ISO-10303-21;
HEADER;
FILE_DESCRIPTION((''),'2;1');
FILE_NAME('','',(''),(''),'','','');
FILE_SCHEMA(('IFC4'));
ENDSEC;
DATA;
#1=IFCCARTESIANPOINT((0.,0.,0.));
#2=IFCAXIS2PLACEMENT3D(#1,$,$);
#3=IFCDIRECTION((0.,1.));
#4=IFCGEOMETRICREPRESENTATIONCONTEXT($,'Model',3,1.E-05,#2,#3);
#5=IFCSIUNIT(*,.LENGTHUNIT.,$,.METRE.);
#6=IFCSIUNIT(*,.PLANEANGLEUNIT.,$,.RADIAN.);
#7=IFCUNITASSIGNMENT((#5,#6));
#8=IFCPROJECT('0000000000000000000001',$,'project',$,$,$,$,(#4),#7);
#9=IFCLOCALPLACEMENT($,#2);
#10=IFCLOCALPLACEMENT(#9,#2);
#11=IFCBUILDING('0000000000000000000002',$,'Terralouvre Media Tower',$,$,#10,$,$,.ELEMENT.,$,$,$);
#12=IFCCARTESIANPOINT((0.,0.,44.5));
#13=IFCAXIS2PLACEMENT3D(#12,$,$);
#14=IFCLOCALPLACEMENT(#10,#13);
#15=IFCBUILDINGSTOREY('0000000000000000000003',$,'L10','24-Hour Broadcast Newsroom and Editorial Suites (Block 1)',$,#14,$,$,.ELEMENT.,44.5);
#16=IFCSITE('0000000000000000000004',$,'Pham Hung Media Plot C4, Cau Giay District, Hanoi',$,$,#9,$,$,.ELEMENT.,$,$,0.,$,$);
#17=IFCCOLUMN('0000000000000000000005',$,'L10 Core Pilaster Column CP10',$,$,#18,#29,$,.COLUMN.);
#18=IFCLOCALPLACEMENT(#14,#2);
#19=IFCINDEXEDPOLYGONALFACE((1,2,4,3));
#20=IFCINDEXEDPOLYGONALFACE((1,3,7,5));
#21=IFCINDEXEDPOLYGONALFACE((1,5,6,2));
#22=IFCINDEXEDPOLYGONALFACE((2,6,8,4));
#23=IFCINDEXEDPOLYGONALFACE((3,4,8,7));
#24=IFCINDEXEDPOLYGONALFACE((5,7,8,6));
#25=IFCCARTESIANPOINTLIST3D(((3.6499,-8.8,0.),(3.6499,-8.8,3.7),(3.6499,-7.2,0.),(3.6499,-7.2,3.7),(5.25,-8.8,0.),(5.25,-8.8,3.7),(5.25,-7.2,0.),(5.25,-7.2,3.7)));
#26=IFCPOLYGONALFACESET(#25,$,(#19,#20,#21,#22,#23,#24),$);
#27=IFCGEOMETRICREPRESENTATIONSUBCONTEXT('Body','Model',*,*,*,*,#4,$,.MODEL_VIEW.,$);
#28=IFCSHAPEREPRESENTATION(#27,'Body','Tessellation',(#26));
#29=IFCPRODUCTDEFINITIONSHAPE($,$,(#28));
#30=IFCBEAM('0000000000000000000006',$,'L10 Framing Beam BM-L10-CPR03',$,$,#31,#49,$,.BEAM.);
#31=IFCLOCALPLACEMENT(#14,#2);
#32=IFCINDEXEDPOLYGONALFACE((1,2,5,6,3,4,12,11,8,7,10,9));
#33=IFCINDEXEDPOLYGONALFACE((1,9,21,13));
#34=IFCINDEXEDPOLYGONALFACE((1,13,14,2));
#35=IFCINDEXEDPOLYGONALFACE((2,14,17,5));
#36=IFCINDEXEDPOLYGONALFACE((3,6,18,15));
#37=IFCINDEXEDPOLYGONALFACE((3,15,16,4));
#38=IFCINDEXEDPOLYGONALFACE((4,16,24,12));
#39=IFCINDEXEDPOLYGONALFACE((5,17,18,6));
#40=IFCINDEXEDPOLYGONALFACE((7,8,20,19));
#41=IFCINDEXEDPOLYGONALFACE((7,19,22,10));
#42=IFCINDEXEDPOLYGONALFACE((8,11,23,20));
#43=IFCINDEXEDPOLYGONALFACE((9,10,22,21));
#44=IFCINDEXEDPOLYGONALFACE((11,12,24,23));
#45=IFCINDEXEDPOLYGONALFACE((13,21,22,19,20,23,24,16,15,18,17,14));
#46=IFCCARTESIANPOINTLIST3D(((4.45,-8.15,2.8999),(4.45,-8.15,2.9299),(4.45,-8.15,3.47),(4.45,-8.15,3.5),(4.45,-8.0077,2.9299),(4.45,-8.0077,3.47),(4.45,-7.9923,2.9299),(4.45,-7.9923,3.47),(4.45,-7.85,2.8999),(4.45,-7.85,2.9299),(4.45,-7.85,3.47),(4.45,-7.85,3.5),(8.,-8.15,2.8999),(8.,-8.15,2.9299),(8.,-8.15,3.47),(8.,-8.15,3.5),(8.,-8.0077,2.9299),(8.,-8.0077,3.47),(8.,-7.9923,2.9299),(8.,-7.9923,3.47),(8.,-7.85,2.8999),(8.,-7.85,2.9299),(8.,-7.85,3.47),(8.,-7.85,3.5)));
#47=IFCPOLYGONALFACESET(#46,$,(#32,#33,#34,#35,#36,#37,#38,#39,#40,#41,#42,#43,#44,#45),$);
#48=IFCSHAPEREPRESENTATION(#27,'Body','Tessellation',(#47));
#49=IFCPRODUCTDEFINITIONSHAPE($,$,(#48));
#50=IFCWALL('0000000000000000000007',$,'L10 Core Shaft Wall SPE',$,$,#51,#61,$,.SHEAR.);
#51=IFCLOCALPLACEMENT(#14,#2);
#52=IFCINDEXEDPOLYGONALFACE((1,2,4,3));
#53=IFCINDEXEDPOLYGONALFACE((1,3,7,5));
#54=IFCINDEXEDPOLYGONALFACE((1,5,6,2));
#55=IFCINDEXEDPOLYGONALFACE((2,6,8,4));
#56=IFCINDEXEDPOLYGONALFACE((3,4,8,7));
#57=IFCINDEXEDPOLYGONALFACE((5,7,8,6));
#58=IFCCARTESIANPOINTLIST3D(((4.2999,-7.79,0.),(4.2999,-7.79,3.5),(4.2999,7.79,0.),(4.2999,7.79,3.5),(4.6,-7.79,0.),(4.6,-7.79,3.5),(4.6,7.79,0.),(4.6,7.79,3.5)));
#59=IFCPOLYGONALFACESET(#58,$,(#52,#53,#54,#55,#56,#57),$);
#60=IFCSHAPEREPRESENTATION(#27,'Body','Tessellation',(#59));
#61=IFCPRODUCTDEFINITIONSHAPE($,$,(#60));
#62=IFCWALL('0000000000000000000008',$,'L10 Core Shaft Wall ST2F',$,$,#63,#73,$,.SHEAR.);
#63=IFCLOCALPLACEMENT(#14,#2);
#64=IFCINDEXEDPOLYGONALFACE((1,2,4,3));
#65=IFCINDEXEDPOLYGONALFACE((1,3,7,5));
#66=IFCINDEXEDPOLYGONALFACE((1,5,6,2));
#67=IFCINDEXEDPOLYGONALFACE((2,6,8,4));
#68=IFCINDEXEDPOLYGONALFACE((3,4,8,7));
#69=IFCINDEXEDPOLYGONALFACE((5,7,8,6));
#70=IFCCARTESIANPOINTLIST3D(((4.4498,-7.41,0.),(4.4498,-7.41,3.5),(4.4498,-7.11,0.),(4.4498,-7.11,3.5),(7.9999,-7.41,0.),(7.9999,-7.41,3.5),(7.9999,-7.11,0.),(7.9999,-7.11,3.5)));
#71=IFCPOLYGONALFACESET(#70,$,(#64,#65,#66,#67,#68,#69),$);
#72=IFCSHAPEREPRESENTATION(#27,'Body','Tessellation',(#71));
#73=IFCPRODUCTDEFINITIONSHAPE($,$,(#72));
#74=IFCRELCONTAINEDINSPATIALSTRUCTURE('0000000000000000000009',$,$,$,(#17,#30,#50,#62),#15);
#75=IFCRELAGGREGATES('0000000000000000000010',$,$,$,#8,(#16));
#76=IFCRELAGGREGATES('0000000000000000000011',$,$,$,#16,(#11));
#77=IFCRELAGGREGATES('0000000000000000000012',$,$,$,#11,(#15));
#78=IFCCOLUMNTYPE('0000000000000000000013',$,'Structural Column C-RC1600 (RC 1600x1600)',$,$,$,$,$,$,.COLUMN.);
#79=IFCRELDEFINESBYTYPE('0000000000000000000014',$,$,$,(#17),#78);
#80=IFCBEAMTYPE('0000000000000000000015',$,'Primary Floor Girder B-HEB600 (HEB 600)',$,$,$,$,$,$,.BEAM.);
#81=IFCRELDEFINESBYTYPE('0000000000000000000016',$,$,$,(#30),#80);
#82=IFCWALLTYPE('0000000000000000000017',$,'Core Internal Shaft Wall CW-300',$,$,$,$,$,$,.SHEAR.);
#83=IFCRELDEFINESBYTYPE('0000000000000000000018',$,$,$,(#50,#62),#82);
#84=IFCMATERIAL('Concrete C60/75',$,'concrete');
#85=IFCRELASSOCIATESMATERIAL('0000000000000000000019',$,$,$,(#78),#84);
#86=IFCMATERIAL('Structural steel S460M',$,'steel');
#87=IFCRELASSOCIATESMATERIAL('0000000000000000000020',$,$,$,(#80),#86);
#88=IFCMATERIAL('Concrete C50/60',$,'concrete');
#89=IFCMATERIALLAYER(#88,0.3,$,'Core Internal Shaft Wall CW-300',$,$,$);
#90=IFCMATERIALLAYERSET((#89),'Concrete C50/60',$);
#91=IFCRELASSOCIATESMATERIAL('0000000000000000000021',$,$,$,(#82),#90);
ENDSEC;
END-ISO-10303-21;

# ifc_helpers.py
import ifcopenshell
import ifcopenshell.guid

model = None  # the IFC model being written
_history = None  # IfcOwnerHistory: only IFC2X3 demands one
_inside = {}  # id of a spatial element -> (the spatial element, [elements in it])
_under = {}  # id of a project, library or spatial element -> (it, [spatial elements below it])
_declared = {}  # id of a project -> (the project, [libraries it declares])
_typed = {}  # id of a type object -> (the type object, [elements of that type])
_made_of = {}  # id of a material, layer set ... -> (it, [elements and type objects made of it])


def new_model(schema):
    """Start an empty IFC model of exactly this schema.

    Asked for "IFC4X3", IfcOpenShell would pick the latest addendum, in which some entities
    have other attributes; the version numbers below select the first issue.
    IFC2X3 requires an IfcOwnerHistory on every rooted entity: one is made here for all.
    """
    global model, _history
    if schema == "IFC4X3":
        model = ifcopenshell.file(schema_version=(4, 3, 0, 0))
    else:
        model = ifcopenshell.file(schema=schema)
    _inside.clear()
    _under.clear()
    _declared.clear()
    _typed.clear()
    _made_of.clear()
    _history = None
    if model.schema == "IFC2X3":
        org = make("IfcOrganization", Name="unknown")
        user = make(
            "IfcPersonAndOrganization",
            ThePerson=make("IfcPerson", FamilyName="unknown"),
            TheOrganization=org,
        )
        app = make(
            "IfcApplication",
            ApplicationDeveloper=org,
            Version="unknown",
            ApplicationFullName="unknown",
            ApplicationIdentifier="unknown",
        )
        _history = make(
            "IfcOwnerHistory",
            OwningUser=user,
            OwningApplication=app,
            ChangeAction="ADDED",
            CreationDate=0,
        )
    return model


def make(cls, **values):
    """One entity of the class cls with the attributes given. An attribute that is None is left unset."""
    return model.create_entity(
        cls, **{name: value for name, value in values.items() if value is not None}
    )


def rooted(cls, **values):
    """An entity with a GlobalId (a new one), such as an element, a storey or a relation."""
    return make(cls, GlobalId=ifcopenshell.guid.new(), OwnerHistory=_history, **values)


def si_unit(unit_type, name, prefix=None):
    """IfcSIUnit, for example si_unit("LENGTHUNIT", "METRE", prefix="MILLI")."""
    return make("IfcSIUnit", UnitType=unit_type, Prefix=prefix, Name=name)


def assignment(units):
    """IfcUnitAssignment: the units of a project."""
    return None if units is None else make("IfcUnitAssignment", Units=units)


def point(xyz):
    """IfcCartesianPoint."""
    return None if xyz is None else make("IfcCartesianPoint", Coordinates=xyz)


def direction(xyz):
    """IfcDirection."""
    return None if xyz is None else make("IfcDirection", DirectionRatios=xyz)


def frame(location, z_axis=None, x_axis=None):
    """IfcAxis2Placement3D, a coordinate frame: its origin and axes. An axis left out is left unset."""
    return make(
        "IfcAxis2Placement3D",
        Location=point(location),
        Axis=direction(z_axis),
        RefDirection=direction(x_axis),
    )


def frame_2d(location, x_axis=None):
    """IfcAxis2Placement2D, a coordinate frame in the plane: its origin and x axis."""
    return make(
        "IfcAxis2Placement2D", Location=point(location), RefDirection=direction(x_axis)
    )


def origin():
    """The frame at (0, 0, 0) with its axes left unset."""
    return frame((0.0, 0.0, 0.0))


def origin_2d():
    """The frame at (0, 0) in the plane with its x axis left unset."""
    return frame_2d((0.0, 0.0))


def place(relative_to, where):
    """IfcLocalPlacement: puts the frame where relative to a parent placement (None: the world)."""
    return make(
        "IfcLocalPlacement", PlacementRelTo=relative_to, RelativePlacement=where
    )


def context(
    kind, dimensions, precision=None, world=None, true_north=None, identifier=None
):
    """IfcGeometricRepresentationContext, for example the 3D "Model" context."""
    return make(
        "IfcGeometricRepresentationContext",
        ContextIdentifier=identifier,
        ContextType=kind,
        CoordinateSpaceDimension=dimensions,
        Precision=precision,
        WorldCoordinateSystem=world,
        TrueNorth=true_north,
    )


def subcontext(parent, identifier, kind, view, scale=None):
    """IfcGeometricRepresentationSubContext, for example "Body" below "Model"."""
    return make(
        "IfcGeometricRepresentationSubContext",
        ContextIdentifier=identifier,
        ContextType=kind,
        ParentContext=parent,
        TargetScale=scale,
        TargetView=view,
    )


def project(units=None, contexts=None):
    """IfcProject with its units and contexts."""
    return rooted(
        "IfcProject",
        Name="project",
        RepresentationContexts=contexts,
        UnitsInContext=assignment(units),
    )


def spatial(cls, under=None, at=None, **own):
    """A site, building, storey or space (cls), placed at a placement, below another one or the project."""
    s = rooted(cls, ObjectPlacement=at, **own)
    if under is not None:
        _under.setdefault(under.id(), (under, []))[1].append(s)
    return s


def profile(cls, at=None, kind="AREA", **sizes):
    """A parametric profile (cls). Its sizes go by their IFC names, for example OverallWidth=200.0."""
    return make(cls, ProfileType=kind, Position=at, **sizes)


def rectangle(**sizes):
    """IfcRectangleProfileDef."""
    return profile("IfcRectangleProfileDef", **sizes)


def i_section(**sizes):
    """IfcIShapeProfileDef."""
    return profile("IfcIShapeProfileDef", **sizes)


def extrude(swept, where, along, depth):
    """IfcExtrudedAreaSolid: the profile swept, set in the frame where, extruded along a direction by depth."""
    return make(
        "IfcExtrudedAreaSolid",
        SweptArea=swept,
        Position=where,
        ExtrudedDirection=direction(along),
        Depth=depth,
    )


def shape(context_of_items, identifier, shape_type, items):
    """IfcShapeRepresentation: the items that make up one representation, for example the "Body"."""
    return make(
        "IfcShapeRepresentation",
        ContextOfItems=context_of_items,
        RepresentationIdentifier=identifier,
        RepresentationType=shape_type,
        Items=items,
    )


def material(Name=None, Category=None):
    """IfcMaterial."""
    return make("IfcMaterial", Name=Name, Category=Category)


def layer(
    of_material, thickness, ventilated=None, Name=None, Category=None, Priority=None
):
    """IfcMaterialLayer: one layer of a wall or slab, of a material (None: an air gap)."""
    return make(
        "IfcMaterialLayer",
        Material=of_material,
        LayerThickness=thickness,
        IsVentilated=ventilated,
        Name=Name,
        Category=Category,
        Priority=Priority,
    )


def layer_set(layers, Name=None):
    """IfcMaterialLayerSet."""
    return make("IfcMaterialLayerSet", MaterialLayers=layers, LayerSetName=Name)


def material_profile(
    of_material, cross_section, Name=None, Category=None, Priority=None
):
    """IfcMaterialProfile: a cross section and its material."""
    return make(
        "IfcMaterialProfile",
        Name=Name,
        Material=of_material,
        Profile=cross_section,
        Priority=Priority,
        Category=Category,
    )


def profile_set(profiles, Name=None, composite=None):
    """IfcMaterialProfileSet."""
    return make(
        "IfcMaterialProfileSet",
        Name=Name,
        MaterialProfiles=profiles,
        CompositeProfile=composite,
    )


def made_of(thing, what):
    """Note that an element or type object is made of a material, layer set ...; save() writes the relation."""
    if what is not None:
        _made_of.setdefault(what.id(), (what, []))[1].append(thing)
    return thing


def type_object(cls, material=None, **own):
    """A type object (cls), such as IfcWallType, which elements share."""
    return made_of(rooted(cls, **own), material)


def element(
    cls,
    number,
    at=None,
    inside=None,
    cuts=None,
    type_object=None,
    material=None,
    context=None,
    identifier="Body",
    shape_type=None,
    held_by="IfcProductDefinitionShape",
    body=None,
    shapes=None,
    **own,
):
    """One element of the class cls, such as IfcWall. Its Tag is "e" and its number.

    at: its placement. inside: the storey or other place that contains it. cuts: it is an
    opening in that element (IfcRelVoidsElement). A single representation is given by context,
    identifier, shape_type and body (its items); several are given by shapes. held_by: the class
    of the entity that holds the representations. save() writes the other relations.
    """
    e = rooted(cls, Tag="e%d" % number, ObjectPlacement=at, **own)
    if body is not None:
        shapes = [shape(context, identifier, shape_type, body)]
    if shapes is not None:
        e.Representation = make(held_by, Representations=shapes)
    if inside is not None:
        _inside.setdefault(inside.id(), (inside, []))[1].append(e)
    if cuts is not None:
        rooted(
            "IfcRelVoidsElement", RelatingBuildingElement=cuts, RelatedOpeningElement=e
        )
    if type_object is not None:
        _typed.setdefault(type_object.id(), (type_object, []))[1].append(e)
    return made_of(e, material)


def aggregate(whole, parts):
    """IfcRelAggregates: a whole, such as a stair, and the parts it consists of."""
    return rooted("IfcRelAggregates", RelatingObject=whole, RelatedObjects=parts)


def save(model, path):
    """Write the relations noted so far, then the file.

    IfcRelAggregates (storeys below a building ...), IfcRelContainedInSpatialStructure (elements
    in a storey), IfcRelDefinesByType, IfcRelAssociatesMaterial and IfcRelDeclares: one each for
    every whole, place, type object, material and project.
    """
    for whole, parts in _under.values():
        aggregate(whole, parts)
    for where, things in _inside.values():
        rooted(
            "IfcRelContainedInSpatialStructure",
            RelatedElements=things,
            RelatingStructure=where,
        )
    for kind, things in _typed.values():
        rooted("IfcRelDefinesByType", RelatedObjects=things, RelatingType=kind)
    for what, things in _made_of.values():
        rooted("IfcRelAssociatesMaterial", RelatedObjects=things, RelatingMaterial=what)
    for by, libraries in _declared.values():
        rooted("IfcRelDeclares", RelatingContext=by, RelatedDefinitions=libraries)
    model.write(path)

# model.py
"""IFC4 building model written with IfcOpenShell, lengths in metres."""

from ifc_helpers import new_model, si_unit, direction, frame, frame_2d, origin, origin_2d, place, context, subcontext, project, spatial, rectangle, i_section, extrude, material, layer, layer_set, material_profile, profile_set, type_object, element, save


model = new_model("IFC4")

# Units and contexts
model_context = context("Model", 3, precision=1e-05, world=origin(), true_north=direction((0.0, 1.0)))
body_context = subcontext(model_context, "Body", "Model", "MODEL_VIEW")
ifc_project = project(units=[si_unit("LENGTHUNIT", "METRE"), si_unit("PLANEANGLEUNIT", "RADIAN")], contexts=[model_context])

# Site, building, storey
site_placement = place(None, origin())
site = spatial("IfcSite", under=ifc_project, at=site_placement, Name="Pham Hung Media Plot C4, Cau Giay District, Hanoi", CompositionType="ELEMENT", RefElevation=0.0)
building_placement = place(site_placement, origin())
building = spatial("IfcBuilding", under=site, at=building_placement, Name="Terralouvre Media Tower", CompositionType="ELEMENT")
storey_placement = place(building_placement, frame((0.0, 0.0, 44.5)))
storey = spatial("IfcBuildingStorey", under=building, at=storey_placement, Name="L10", Description="24-Hour Broadcast Newsroom and Editorial Suites (Block 1)", CompositionType="ELEMENT", Elevation=44.5)

# Column
ifc_material_1 = material(Name="Concrete C60/75", Category="concrete")
ifc_material_profile_1 = material_profile(ifc_material_1, rectangle(XDim=1.6001, YDim=1.6001, at=origin_2d()), Name="RC 1600x1600")
ifc_profile_set_1 = profile_set([ifc_material_profile_1], Name="Concrete C60/75")
column_type = type_object("IfcColumnType", Name="Structural Column C-RC1600 (RC 1600x1600)", PredefinedType="COLUMN", material=ifc_profile_set_1)
column_placement = place(storey_placement, frame((4.45, -8.0, 0.0), z_axis=(0.0, 0.0, 1.0), x_axis=(1.0, 0.0, 0.0)))
element("IfcColumn", 1, at=column_placement, inside=storey, type_object=column_type, Name="L10 Core Pilaster Column CP10", PredefinedType="COLUMN", context=body_context, shape_type="SweptSolid", body=[
    extrude(rectangle(XDim=1.6001, YDim=1.6001, at=origin_2d()), origin(), (0.0, 0.0, 1.0), 3.7),
])

# Beam
ifc_material_2 = material(Name="Structural steel S460M", Category="steel")
ifc_material_profile_2 = material_profile(ifc_material_2, i_section(OverallWidth=0.3, OverallDepth=0.6001, WebThickness=0.0154, FlangeThickness=0.03, at=origin_2d()), Name="HEB 600")
ifc_profile_set_2 = profile_set([ifc_material_profile_2], Name="Structural steel S460M")
beam_type = type_object("IfcBeamType", Name="Primary Floor Girder B-HEB600 (HEB 600)", PredefinedType="BEAM", material=ifc_profile_set_2)
beam_placement = place(storey_placement, frame((4.45, -8.0, 3.2), z_axis=(1.0, 0.0, 0.0), x_axis=(0.0, 1.0, 0.0)))
element("IfcBeam", 2, at=beam_placement, inside=storey, type_object=beam_type, Name="L10 Framing Beam BM-L10-CPR03", PredefinedType="BEAM", context=body_context, shape_type="SweptSolid", body=[
    extrude(i_section(OverallWidth=0.3, OverallDepth=0.6001, WebThickness=0.0154, FlangeThickness=0.03, at=origin_2d()), origin(), (0.0, 0.0, 1.0), 3.55),
])

# Walls
ifc_material_3 = material(Name="Concrete C50/60", Category="concrete")
ifc_layer_1 = layer(ifc_material_3, 0.3, Name="Core Internal Shaft Wall CW-300")
ifc_layer_set_1 = layer_set([ifc_layer_1], Name="Concrete C50/60")
wall_type_1 = type_object("IfcWallType", Name="Core Internal Shaft Wall CW-300", PredefinedType="SHEAR", material=ifc_layer_set_1)
wall_1_placement = place(storey_placement, frame((4.45, -7.79, 0.0), z_axis=(0.0, 0.0, 1.0), x_axis=(0.0, 1.0, 0.0)))
element("IfcWall", 3, at=wall_1_placement, inside=storey, type_object=wall_type_1, Name="L10 Core Shaft Wall SPE", PredefinedType="SHEAR", context=body_context, shape_type="SweptSolid", body=[
    extrude(rectangle(XDim=15.5801, YDim=0.3, at=frame_2d((7.79, 0.0))), origin(), (0.0, 0.0, 1.0), 3.5),
])
wall_2_placement = place(storey_placement, frame((4.45, -7.26, 0.0), z_axis=(0.0, 0.0, 1.0), x_axis=(1.0, 0.0, 0.0)))
element("IfcWall", 4, at=wall_2_placement, inside=storey, type_object=wall_type_1, Name="L10 Core Shaft Wall ST2F", PredefinedType="SHEAR", context=body_context, shape_type="SweptSolid", body=[
    extrude(rectangle(XDim=3.55, YDim=0.3, at=frame_2d((1.7749, 0.0))), origin(), (0.0, 0.0, 1.0), 3.5),
])

save(model, "model.ifc")
